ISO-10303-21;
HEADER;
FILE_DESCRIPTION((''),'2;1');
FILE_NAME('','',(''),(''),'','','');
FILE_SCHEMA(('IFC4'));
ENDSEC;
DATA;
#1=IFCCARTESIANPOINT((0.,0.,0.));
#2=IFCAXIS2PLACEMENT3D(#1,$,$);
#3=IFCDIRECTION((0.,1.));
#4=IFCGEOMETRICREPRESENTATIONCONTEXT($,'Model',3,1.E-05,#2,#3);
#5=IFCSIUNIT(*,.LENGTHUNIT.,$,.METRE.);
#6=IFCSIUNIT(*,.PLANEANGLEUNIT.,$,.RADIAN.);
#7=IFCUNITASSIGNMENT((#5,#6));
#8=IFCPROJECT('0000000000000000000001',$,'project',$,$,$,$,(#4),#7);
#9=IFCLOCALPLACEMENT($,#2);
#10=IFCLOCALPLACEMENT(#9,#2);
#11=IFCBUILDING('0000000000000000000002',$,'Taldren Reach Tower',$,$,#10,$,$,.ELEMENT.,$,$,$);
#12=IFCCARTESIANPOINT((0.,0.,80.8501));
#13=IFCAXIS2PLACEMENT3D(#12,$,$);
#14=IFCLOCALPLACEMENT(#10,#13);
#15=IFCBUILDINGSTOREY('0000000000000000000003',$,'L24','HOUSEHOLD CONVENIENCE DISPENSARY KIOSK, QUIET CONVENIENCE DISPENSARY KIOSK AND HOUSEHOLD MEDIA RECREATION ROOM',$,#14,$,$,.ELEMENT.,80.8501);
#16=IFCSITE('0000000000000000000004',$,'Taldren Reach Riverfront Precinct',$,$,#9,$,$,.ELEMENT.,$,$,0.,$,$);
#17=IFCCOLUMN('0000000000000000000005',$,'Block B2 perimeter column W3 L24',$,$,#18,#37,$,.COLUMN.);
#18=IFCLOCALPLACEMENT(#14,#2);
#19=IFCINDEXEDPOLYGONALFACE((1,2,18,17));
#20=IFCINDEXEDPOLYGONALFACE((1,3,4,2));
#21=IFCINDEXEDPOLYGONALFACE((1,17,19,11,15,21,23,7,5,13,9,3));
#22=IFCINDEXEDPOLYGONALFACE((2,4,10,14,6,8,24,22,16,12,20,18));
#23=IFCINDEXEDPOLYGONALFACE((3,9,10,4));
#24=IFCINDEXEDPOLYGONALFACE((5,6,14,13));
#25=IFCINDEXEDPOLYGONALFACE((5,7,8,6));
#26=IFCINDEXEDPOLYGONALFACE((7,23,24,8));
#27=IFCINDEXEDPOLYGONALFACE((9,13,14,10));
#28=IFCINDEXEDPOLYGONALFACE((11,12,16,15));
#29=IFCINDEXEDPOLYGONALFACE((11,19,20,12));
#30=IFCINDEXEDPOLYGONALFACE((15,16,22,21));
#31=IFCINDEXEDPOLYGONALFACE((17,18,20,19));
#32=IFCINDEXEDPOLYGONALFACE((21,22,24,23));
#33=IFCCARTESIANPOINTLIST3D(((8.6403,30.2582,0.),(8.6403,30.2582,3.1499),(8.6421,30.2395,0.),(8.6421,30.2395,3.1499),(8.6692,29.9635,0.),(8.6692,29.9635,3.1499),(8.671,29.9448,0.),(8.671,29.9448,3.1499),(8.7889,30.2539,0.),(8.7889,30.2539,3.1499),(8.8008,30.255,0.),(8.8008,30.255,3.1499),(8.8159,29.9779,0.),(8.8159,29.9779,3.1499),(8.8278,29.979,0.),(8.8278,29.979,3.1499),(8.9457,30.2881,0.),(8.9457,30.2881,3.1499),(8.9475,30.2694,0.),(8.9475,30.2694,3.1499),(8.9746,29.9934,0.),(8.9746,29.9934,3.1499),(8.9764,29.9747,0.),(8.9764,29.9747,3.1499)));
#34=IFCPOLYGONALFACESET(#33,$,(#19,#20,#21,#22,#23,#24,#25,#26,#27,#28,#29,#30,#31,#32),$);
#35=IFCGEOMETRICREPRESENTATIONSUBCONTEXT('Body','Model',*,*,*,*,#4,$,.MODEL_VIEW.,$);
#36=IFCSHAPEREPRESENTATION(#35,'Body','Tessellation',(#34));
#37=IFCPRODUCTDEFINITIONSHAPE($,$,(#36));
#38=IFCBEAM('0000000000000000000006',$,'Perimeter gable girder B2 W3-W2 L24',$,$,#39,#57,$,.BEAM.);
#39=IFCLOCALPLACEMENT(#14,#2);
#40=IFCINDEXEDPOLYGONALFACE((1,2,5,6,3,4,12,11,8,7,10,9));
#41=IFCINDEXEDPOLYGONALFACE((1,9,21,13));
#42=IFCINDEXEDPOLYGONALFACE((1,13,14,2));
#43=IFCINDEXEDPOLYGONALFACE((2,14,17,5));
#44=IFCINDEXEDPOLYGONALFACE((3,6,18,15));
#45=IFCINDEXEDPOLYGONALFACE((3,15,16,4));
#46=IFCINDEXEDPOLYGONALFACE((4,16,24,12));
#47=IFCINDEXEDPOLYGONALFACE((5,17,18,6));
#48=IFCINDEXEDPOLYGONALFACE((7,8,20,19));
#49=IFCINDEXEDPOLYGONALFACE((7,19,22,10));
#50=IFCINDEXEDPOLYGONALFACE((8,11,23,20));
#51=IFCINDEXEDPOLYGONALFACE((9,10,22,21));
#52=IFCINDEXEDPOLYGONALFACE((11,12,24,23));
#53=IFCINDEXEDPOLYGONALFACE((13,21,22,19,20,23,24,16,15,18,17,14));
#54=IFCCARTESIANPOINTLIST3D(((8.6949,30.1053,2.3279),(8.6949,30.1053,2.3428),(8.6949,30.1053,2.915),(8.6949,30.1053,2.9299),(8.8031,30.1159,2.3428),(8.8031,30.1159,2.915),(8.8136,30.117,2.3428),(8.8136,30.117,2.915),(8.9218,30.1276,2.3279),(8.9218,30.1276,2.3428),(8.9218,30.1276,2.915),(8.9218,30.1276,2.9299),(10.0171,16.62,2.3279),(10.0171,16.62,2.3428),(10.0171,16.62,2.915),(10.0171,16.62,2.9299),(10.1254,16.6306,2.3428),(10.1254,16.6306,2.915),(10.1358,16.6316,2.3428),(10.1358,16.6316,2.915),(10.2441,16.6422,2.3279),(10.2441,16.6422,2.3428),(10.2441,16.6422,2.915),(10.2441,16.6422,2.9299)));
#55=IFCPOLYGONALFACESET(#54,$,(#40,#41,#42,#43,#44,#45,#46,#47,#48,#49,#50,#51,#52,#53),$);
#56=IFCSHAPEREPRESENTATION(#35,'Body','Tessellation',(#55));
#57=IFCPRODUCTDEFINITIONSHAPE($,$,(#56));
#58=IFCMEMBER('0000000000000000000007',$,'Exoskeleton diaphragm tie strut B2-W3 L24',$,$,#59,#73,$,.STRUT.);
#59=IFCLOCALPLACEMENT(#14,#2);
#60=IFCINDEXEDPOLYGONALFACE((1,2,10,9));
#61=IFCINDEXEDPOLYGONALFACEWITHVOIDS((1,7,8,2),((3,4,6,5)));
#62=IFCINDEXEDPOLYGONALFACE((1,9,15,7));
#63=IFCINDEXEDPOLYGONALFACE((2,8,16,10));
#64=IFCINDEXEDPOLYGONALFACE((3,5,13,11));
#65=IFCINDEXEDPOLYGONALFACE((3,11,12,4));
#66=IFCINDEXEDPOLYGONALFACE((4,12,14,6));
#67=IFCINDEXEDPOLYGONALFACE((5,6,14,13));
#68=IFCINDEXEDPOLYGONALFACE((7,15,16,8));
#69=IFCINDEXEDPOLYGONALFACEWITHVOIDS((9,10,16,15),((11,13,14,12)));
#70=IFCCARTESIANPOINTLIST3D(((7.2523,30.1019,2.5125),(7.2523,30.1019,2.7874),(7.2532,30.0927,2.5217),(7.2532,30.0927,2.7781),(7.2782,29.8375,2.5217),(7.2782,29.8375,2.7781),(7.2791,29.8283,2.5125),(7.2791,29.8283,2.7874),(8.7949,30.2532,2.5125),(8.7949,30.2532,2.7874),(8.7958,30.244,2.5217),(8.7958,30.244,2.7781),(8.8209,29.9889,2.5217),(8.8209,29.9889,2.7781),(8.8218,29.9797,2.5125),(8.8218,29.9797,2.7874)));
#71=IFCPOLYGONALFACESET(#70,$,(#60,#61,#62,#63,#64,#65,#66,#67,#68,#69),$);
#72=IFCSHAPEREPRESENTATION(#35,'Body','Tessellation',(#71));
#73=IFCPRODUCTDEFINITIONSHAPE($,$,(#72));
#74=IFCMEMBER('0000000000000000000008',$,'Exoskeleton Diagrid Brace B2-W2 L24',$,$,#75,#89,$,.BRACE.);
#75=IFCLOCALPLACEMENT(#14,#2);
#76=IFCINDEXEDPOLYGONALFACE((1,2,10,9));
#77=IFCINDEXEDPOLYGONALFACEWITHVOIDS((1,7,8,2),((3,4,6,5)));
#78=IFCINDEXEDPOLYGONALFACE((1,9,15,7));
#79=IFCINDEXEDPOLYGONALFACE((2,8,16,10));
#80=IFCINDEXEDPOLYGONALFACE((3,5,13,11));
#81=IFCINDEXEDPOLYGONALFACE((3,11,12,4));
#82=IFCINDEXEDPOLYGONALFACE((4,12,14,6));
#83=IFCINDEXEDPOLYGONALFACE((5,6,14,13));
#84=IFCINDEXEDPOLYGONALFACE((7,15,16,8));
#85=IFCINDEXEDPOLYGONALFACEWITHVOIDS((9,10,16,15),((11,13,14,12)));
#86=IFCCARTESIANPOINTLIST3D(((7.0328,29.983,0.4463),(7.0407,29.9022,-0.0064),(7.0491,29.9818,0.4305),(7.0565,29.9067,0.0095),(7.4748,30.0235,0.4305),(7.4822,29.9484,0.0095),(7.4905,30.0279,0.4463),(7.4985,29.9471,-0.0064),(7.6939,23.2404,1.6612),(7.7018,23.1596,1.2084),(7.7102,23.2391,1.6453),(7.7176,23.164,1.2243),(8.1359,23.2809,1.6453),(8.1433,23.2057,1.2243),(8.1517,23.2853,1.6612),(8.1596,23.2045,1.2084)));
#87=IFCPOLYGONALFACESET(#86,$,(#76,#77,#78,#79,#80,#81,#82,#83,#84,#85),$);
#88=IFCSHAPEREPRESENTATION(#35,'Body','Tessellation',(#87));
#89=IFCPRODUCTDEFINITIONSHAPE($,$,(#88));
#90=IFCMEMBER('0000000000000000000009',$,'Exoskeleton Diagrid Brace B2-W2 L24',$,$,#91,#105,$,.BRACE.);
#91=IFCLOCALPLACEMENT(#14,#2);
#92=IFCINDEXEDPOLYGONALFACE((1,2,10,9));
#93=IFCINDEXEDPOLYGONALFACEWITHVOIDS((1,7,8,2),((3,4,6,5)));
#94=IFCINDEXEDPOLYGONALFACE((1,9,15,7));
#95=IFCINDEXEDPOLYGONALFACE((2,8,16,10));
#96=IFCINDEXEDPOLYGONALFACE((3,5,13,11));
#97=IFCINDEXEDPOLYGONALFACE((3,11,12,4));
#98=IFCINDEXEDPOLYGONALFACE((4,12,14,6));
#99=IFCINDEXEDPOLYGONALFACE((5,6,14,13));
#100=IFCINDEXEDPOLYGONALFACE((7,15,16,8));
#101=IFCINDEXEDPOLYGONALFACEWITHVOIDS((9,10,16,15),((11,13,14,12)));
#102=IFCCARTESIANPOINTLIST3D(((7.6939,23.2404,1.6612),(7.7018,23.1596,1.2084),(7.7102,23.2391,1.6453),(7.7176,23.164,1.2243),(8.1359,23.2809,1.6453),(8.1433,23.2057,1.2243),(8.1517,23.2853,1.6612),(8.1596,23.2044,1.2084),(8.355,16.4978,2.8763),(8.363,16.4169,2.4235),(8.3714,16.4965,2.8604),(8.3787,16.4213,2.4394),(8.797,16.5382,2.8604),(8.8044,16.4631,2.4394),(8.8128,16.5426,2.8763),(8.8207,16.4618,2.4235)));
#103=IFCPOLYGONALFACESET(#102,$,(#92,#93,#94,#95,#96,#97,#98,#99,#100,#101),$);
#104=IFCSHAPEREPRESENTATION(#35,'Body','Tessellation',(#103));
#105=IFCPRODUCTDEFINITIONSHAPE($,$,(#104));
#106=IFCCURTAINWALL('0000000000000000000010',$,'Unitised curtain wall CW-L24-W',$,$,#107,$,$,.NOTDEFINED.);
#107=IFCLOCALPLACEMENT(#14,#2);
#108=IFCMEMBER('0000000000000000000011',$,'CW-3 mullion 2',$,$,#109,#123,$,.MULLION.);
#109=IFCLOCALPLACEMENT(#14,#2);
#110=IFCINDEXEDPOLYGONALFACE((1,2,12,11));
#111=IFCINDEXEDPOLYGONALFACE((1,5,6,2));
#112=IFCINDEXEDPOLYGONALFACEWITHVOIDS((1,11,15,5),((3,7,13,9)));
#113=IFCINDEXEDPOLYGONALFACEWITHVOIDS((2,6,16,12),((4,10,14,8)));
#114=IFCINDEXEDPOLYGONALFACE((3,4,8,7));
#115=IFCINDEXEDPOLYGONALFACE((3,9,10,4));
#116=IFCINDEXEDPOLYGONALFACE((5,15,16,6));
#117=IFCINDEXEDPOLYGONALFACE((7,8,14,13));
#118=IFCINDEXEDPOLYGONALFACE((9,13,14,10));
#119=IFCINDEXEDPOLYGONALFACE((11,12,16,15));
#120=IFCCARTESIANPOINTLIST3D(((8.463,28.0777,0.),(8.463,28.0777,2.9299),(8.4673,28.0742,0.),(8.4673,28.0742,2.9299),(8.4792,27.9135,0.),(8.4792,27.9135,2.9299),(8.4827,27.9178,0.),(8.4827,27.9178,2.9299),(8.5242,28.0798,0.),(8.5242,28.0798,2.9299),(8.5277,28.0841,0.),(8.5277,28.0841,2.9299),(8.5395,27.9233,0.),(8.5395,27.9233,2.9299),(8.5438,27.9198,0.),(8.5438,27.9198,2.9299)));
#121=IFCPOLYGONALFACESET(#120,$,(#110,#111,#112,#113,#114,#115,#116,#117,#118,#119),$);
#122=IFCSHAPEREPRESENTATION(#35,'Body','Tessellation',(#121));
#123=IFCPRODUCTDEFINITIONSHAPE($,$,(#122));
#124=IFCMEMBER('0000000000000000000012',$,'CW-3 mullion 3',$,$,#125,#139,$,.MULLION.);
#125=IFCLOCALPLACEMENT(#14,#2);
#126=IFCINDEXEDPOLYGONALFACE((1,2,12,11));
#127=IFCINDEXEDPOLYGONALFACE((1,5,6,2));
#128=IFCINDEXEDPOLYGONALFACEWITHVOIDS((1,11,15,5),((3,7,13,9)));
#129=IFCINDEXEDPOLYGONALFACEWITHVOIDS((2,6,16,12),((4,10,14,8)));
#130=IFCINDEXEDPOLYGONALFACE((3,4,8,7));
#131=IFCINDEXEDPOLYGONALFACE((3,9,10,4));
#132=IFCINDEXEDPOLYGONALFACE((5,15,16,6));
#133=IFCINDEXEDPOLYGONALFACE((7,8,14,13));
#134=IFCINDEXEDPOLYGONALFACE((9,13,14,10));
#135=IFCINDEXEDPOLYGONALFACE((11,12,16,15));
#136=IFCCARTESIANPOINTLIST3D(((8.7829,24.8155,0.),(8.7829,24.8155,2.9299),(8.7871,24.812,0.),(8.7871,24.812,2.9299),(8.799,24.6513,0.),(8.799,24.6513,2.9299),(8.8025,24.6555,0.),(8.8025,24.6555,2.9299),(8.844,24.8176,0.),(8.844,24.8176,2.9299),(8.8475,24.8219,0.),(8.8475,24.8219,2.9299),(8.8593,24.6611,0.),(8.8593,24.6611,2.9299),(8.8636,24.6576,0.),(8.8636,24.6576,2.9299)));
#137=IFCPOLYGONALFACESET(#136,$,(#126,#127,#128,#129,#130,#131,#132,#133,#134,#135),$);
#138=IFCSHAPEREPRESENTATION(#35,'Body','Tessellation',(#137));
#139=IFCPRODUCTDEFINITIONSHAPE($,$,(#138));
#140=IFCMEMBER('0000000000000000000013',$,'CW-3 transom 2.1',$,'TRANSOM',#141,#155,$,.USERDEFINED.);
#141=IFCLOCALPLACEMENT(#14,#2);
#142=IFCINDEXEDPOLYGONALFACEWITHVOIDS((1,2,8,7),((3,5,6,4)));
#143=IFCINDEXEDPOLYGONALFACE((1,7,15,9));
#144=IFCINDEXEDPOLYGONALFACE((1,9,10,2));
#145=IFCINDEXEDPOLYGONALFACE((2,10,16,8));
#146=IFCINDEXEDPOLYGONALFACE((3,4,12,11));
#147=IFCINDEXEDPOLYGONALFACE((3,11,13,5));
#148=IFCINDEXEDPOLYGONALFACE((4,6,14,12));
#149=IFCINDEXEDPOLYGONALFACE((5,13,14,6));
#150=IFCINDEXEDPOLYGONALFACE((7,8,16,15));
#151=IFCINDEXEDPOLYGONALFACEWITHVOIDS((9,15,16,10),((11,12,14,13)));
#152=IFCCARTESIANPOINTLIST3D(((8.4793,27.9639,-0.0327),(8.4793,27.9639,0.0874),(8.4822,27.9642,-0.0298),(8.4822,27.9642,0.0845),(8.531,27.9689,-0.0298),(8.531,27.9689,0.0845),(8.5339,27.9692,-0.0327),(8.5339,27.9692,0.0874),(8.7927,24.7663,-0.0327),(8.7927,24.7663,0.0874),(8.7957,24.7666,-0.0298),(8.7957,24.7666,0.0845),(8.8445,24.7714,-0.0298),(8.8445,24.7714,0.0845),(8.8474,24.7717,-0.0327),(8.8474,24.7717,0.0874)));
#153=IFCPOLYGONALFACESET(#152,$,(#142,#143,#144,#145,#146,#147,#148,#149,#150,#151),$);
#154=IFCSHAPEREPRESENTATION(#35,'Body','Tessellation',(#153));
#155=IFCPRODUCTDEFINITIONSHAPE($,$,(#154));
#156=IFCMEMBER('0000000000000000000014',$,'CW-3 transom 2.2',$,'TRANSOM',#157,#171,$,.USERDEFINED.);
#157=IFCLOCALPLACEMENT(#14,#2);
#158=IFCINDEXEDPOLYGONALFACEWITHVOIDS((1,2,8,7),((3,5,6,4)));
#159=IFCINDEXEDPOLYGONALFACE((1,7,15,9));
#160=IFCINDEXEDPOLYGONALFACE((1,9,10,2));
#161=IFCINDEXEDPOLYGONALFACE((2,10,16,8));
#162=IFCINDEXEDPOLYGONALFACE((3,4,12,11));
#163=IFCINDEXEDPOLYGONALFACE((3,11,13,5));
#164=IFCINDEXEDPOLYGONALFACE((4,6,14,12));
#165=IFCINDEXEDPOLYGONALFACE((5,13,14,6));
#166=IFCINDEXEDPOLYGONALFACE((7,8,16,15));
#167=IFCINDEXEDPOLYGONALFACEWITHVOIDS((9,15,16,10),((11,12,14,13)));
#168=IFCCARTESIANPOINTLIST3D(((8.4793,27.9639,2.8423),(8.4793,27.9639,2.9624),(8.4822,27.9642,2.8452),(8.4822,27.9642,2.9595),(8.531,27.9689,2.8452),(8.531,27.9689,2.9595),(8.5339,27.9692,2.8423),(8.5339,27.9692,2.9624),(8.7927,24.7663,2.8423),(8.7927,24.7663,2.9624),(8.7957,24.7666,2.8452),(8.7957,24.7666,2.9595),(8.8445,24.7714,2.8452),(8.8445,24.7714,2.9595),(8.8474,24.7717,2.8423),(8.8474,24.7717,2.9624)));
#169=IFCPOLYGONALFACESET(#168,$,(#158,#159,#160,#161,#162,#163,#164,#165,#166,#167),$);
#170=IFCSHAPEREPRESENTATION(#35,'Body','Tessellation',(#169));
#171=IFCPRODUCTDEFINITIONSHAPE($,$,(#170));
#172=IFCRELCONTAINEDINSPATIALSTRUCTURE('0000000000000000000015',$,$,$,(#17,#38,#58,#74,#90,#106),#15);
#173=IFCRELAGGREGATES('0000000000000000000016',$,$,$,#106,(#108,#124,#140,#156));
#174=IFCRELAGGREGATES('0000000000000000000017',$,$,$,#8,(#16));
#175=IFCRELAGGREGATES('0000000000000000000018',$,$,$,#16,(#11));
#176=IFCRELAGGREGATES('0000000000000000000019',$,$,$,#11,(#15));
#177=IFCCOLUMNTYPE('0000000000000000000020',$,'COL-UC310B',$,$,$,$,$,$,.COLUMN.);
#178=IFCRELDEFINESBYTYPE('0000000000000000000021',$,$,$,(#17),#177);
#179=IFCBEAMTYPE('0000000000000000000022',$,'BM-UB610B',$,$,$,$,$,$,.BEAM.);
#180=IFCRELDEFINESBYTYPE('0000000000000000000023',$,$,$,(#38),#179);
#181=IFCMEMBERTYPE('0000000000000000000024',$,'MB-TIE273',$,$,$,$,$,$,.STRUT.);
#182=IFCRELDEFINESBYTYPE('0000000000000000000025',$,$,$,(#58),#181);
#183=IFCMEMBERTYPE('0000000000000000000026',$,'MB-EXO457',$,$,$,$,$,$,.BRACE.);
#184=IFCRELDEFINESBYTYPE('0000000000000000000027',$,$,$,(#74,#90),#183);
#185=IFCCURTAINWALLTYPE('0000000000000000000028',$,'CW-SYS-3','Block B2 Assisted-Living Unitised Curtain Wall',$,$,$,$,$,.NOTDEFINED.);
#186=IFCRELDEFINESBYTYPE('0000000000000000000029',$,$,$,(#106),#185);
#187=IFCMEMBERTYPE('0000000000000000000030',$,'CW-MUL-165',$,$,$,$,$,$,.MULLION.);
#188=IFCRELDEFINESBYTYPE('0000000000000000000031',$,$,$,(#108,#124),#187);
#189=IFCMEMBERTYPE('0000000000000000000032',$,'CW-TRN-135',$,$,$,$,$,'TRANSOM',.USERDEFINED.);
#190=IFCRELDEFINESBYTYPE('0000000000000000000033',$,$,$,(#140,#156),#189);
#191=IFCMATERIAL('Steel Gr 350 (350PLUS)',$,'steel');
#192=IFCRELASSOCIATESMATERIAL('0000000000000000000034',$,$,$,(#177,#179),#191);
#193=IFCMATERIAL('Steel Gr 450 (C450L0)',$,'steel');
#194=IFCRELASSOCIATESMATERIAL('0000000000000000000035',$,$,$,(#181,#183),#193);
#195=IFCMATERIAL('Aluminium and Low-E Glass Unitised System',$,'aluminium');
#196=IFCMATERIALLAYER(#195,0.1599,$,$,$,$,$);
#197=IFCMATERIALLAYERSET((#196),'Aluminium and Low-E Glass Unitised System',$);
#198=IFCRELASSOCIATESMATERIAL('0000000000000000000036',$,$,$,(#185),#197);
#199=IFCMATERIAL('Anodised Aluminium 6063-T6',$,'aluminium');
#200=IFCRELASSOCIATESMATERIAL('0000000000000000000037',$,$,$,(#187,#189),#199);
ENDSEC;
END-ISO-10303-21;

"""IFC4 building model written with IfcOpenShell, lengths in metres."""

from ifc_helpers import new_model, si_unit, direction, frame, origin, origin_2d, place, context, subcontext, project, spatial, hollow_rectangle, i_section, extrude, source, transform, mapped, material, layer, layer_set, material_profile, profile_set, type_object, element, aggregate, save


model = new_model("IFC4")

# Units and contexts
model_context = context("Model", 3, precision=1e-05, world=origin(), true_north=direction((0.0, 1.0)))
body_context = subcontext(model_context, "Body", "Model", "MODEL_VIEW")
ifc_project = project(units=[si_unit("LENGTHUNIT", "METRE"), si_unit("PLANEANGLEUNIT", "RADIAN")], contexts=[model_context])

# Site, building, storey
site_placement = place(None, origin())
site = spatial("IfcSite", under=ifc_project, at=site_placement, Name="Taldren Reach Riverfront Precinct", CompositionType="ELEMENT", RefElevation=0.0)
building_placement = place(site_placement, origin())
building = spatial("IfcBuilding", under=site, at=building_placement, Name="Taldren Reach Tower", CompositionType="ELEMENT")
storey_placement = place(building_placement, frame((0.0, 0.0, 80.8501)))
storey = spatial("IfcBuildingStorey", under=building, at=storey_placement, Name="L24", Description="HOUSEHOLD CONVENIENCE DISPENSARY KIOSK, QUIET CONVENIENCE DISPENSARY KIOSK AND HOUSEHOLD MEDIA RECREATION ROOM", CompositionType="ELEMENT", Elevation=80.8501)

# Column
ifc_material_1 = material(Name="Steel Gr 350 (350PLUS)", Category="steel")
ifc_material_profile_1 = material_profile(ifc_material_1, i_section(OverallWidth=0.3069, OverallDepth=0.3149, WebThickness=0.012, FlangeThickness=0.0188, at=origin_2d()), Name="310UC118")
ifc_profile_set_1 = profile_set([ifc_material_profile_1], Name="Steel Gr 350 (350PLUS)")
column_type = type_object("IfcColumnType", Name="COL-UC310B", PredefinedType="COLUMN", material=ifc_profile_set_1)
shared_shape_1 = source(origin(), body_context, "Body", "SweptSolid", [
    extrude(i_section(OverallWidth=0.3069, OverallDepth=0.3149, WebThickness=0.012, FlangeThickness=0.0188, at=origin_2d()), origin(), (0.0, 0.0, 1.0), 3.1499),
])
column_placement = place(storey_placement, frame((8.8083, 30.1165, 0.0), z_axis=(0.0, 0.0, 1.0), x_axis=(0.995227, 0.097583, 0.0)))
element("IfcColumn", 1, at=column_placement, inside=storey, type_object=column_type, Name="Block B2 perimeter column W3 L24", PredefinedType="COLUMN", context=body_context, shape_type="MappedRepresentation", body=[
    mapped(shared_shape_1, transform((0.0, 0.0, 0.0), scale=1.0)),
])

# Beam
ifc_material_profile_2 = material_profile(ifc_material_1, i_section(OverallWidth=0.228, OverallDepth=0.6021, WebThickness=0.0105, FlangeThickness=0.0149, at=origin_2d()), Name="610UB101")
ifc_profile_set_2 = profile_set([ifc_material_profile_2], Name="Steel Gr 350 (350PLUS)")
beam_type = type_object("IfcBeamType", Name="BM-UB610B", PredefinedType="BEAM", material=ifc_profile_set_2)
shared_shape_2 = source(origin(), body_context, "Body", "SweptSolid", [
    extrude(i_section(OverallWidth=0.228, OverallDepth=0.6021, WebThickness=0.0105, FlangeThickness=0.0149, at=origin_2d()), origin(), (0.0, 0.0, 1.0), 13.55),
])
beam_placement = place(storey_placement, frame((8.8083, 30.1165, 2.6289), z_axis=(0.097584, -0.995227, 0.0), x_axis=(0.995227, 0.097584, 0.0)))
element("IfcBeam", 2, at=beam_placement, inside=storey, type_object=beam_type, Name="Perimeter gable girder B2 W3-W2 L24", PredefinedType="BEAM", context=body_context, shape_type="MappedRepresentation", body=[
    mapped(shared_shape_2, transform((0.0, 0.0, 0.0), scale=1.0)),
])

# Members
ifc_material_2 = material(Name="Steel Gr 450 (C450L0)", Category="steel")
ifc_material_profile_3 = material_profile(ifc_material_2, hollow_rectangle(XDim=0.2749, YDim=0.2749, WallThickness=0.0093, at=origin_2d()), Name="275x275x9.3SHS")
ifc_profile_set_3 = profile_set([ifc_material_profile_3], Name="Steel Gr 450 (C450L0)")
member_type_1 = type_object("IfcMemberType", Name="MB-TIE273", PredefinedType="STRUT", material=ifc_profile_set_3)
shared_shape_3 = source(origin(), body_context, "Body", "SweptSolid", [
    extrude(hollow_rectangle(XDim=0.2749, YDim=0.2749, WallThickness=0.0093, at=origin_2d()), origin(), (0.0, 0.0, 1.0), 1.55),
])
member_1_placement = place(storey_placement, frame((8.8083, 30.1165, 2.6499), z_axis=(-0.995221, -0.097648, 0.0), x_axis=(0.097648, -0.995221, 0.0)))
element("IfcMember", 3, at=member_1_placement, inside=storey, type_object=member_type_1, Name="Exoskeleton diaphragm tie strut B2-W3 L24", PredefinedType="STRUT", context=body_context, shape_type="MappedRepresentation", body=[
    mapped(shared_shape_3, transform((0.0, 0.0, 0.0), scale=1.0)),
])
ifc_material_profile_4 = material_profile(ifc_material_2, hollow_rectangle(XDim=0.46, YDim=0.46, WallThickness=0.0161, at=origin_2d()), Name="460x460x16.0SHS")
ifc_profile_set_4 = profile_set([ifc_material_profile_4], Name="Steel Gr 450 (C450L0)")
member_type_2 = type_object("IfcMemberType", Name="MB-EXO457", PredefinedType="BRACE", material=ifc_profile_set_4)
shared_shape_4 = source(origin(), body_context, "Body", "SweptSolid", [
    extrude(hollow_rectangle(XDim=0.46, YDim=0.46, WallThickness=0.0161, at=origin_2d()), origin(), (0.0, 0.0, 1.0), 6.8831),
])
for number, where, z_axis, x_axis, name in (
    (4, (7.2656, 29.9651, 0.22), (0.096052, -0.979603, 0.176497), (0.995227, 0.097584, 0.0), "Exoskeleton Diagrid Brace B2-W2 L24"),
    (5, (7.9268, 23.2224, 1.4348), (0.096051, -0.979597, 0.176532), (0.995227, 0.097584, 0.0), "Exoskeleton Diagrid Brace B2-W2 L24"),
):
    element("IfcMember", number, at=place(storey_placement, frame(where, z_axis=z_axis, x_axis=x_axis)), inside=storey, type_object=member_type_2, Name=name, PredefinedType="BRACE", context=body_context, shape_type="MappedRepresentation", body=[
        mapped(shared_shape_4, transform((0.0, 0.0, 0.0), scale=1.0)),
    ])

# Curtain wall, members
ifc_material_3 = material(Name="Aluminium and Low-E Glass Unitised System", Category="aluminium")
ifc_layer_1 = layer(ifc_material_3, 0.1599)
ifc_layer_set_1 = layer_set([ifc_layer_1], Name="Aluminium and Low-E Glass Unitised System")
curtain_wall_type = type_object("IfcCurtainWallType", Name="CW-SYS-3", Description="Block B2 Assisted-Living Unitised Curtain Wall", PredefinedType="NOTDEFINED", material=ifc_layer_set_1)
curtain_wall_placement = place(storey_placement, origin())
curtain_wall = element("IfcCurtainWall", 6, at=curtain_wall_placement, inside=storey, type_object=curtain_wall_type, Name="Unitised curtain wall CW-L24-W", PredefinedType="NOTDEFINED")
ifc_material_4 = material(Name="Anodised Aluminium 6063-T6", Category="aluminium")
ifc_material_profile_5 = material_profile(ifc_material_4, hollow_rectangle(XDim=0.0649, YDim=0.165, WallThickness=0.0039, at=origin_2d()), Name="ALU-165x65x4RHS")
ifc_profile_set_5 = profile_set([ifc_material_profile_5], Name="Anodised Aluminium 6063-T6")
member_type_3 = type_object("IfcMemberType", Name="CW-MUL-165", PredefinedType="MULLION", material=ifc_profile_set_5)
shared_shape_5 = source(origin(), body_context, "Body", "SweptSolid", [
    extrude(hollow_rectangle(XDim=0.0649, YDim=0.165, WallThickness=0.0039, at=origin_2d()), origin(), (0.0, 0.0, 1.0), 2.9299),
])
member_2_placement = place(storey_placement, frame((8.5034, 27.9988, 0.0), z_axis=(0.0, 0.0, 1.0), x_axis=(0.995227, 0.097583, 0.0)))
member_2 = element("IfcMember", 7, at=member_2_placement, type_object=member_type_3, Name="CW-3 mullion 2", PredefinedType="MULLION", context=body_context, shape_type="MappedRepresentation", body=[
    mapped(shared_shape_5, transform((0.0, 0.0, 0.0), scale=1.0)),
])
member_3_placement = place(storey_placement, frame((8.8232, 24.7366, 0.0), z_axis=(0.0, 0.0, 1.0), x_axis=(0.995227, 0.097583, 0.0)))
member_3 = element("IfcMember", 8, at=member_3_placement, type_object=member_type_3, Name="CW-3 mullion 3", PredefinedType="MULLION", context=body_context, shape_type="MappedRepresentation", body=[
    mapped(shared_shape_5, transform((0.0, 0.0, 0.0), scale=1.0)),
])
ifc_material_profile_6 = material_profile(ifc_material_4, hollow_rectangle(XDim=0.0549, YDim=0.1201, WallThickness=0.0029, at=origin_2d()), Name="ALU-120x55x3RHS")
ifc_profile_set_6 = profile_set([ifc_material_profile_6], Name="Anodised Aluminium 6063-T6")
member_type_4 = type_object("IfcMemberType", Name="CW-TRN-135", ElementType="TRANSOM", PredefinedType="USERDEFINED", material=ifc_profile_set_6)
shared_shape_6 = source(origin(), body_context, "Body", "SweptSolid", [
    extrude(hollow_rectangle(XDim=0.0549, YDim=0.1201, WallThickness=0.0029, at=origin_2d()), origin(), (0.0, 0.0, 1.0), 3.2129),
])
member_4_placement = place(storey_placement, frame((8.5066, 27.9666, 0.0273), z_axis=(0.09757, -0.995229, 0.0), x_axis=(0.995229, 0.09757, 0.0)))
member_4 = element("IfcMember", 9, at=member_4_placement, type_object=member_type_4, Name="CW-3 transom 2.1", ObjectType="TRANSOM", PredefinedType="USERDEFINED", context=body_context, shape_type="MappedRepresentation", body=[
    mapped(shared_shape_6, transform((0.0, 0.0, 0.0), scale=1.0)),
])
member_5_placement = place(storey_placement, frame((8.5066, 27.9666, 2.9023), z_axis=(0.09757, -0.995229, 0.0), x_axis=(0.995229, 0.09757, 0.0)))
member_5 = element("IfcMember", 10, at=member_5_placement, type_object=member_type_4, Name="CW-3 transom 2.2", ObjectType="TRANSOM", PredefinedType="USERDEFINED", context=body_context, shape_type="MappedRepresentation", body=[
    mapped(shared_shape_6, transform((0.0, 0.0, 0.0), scale=1.0)),
])

aggregate(curtain_wall, [member_2, member_3, member_4, member_5])

save(model, "model.ifc")
